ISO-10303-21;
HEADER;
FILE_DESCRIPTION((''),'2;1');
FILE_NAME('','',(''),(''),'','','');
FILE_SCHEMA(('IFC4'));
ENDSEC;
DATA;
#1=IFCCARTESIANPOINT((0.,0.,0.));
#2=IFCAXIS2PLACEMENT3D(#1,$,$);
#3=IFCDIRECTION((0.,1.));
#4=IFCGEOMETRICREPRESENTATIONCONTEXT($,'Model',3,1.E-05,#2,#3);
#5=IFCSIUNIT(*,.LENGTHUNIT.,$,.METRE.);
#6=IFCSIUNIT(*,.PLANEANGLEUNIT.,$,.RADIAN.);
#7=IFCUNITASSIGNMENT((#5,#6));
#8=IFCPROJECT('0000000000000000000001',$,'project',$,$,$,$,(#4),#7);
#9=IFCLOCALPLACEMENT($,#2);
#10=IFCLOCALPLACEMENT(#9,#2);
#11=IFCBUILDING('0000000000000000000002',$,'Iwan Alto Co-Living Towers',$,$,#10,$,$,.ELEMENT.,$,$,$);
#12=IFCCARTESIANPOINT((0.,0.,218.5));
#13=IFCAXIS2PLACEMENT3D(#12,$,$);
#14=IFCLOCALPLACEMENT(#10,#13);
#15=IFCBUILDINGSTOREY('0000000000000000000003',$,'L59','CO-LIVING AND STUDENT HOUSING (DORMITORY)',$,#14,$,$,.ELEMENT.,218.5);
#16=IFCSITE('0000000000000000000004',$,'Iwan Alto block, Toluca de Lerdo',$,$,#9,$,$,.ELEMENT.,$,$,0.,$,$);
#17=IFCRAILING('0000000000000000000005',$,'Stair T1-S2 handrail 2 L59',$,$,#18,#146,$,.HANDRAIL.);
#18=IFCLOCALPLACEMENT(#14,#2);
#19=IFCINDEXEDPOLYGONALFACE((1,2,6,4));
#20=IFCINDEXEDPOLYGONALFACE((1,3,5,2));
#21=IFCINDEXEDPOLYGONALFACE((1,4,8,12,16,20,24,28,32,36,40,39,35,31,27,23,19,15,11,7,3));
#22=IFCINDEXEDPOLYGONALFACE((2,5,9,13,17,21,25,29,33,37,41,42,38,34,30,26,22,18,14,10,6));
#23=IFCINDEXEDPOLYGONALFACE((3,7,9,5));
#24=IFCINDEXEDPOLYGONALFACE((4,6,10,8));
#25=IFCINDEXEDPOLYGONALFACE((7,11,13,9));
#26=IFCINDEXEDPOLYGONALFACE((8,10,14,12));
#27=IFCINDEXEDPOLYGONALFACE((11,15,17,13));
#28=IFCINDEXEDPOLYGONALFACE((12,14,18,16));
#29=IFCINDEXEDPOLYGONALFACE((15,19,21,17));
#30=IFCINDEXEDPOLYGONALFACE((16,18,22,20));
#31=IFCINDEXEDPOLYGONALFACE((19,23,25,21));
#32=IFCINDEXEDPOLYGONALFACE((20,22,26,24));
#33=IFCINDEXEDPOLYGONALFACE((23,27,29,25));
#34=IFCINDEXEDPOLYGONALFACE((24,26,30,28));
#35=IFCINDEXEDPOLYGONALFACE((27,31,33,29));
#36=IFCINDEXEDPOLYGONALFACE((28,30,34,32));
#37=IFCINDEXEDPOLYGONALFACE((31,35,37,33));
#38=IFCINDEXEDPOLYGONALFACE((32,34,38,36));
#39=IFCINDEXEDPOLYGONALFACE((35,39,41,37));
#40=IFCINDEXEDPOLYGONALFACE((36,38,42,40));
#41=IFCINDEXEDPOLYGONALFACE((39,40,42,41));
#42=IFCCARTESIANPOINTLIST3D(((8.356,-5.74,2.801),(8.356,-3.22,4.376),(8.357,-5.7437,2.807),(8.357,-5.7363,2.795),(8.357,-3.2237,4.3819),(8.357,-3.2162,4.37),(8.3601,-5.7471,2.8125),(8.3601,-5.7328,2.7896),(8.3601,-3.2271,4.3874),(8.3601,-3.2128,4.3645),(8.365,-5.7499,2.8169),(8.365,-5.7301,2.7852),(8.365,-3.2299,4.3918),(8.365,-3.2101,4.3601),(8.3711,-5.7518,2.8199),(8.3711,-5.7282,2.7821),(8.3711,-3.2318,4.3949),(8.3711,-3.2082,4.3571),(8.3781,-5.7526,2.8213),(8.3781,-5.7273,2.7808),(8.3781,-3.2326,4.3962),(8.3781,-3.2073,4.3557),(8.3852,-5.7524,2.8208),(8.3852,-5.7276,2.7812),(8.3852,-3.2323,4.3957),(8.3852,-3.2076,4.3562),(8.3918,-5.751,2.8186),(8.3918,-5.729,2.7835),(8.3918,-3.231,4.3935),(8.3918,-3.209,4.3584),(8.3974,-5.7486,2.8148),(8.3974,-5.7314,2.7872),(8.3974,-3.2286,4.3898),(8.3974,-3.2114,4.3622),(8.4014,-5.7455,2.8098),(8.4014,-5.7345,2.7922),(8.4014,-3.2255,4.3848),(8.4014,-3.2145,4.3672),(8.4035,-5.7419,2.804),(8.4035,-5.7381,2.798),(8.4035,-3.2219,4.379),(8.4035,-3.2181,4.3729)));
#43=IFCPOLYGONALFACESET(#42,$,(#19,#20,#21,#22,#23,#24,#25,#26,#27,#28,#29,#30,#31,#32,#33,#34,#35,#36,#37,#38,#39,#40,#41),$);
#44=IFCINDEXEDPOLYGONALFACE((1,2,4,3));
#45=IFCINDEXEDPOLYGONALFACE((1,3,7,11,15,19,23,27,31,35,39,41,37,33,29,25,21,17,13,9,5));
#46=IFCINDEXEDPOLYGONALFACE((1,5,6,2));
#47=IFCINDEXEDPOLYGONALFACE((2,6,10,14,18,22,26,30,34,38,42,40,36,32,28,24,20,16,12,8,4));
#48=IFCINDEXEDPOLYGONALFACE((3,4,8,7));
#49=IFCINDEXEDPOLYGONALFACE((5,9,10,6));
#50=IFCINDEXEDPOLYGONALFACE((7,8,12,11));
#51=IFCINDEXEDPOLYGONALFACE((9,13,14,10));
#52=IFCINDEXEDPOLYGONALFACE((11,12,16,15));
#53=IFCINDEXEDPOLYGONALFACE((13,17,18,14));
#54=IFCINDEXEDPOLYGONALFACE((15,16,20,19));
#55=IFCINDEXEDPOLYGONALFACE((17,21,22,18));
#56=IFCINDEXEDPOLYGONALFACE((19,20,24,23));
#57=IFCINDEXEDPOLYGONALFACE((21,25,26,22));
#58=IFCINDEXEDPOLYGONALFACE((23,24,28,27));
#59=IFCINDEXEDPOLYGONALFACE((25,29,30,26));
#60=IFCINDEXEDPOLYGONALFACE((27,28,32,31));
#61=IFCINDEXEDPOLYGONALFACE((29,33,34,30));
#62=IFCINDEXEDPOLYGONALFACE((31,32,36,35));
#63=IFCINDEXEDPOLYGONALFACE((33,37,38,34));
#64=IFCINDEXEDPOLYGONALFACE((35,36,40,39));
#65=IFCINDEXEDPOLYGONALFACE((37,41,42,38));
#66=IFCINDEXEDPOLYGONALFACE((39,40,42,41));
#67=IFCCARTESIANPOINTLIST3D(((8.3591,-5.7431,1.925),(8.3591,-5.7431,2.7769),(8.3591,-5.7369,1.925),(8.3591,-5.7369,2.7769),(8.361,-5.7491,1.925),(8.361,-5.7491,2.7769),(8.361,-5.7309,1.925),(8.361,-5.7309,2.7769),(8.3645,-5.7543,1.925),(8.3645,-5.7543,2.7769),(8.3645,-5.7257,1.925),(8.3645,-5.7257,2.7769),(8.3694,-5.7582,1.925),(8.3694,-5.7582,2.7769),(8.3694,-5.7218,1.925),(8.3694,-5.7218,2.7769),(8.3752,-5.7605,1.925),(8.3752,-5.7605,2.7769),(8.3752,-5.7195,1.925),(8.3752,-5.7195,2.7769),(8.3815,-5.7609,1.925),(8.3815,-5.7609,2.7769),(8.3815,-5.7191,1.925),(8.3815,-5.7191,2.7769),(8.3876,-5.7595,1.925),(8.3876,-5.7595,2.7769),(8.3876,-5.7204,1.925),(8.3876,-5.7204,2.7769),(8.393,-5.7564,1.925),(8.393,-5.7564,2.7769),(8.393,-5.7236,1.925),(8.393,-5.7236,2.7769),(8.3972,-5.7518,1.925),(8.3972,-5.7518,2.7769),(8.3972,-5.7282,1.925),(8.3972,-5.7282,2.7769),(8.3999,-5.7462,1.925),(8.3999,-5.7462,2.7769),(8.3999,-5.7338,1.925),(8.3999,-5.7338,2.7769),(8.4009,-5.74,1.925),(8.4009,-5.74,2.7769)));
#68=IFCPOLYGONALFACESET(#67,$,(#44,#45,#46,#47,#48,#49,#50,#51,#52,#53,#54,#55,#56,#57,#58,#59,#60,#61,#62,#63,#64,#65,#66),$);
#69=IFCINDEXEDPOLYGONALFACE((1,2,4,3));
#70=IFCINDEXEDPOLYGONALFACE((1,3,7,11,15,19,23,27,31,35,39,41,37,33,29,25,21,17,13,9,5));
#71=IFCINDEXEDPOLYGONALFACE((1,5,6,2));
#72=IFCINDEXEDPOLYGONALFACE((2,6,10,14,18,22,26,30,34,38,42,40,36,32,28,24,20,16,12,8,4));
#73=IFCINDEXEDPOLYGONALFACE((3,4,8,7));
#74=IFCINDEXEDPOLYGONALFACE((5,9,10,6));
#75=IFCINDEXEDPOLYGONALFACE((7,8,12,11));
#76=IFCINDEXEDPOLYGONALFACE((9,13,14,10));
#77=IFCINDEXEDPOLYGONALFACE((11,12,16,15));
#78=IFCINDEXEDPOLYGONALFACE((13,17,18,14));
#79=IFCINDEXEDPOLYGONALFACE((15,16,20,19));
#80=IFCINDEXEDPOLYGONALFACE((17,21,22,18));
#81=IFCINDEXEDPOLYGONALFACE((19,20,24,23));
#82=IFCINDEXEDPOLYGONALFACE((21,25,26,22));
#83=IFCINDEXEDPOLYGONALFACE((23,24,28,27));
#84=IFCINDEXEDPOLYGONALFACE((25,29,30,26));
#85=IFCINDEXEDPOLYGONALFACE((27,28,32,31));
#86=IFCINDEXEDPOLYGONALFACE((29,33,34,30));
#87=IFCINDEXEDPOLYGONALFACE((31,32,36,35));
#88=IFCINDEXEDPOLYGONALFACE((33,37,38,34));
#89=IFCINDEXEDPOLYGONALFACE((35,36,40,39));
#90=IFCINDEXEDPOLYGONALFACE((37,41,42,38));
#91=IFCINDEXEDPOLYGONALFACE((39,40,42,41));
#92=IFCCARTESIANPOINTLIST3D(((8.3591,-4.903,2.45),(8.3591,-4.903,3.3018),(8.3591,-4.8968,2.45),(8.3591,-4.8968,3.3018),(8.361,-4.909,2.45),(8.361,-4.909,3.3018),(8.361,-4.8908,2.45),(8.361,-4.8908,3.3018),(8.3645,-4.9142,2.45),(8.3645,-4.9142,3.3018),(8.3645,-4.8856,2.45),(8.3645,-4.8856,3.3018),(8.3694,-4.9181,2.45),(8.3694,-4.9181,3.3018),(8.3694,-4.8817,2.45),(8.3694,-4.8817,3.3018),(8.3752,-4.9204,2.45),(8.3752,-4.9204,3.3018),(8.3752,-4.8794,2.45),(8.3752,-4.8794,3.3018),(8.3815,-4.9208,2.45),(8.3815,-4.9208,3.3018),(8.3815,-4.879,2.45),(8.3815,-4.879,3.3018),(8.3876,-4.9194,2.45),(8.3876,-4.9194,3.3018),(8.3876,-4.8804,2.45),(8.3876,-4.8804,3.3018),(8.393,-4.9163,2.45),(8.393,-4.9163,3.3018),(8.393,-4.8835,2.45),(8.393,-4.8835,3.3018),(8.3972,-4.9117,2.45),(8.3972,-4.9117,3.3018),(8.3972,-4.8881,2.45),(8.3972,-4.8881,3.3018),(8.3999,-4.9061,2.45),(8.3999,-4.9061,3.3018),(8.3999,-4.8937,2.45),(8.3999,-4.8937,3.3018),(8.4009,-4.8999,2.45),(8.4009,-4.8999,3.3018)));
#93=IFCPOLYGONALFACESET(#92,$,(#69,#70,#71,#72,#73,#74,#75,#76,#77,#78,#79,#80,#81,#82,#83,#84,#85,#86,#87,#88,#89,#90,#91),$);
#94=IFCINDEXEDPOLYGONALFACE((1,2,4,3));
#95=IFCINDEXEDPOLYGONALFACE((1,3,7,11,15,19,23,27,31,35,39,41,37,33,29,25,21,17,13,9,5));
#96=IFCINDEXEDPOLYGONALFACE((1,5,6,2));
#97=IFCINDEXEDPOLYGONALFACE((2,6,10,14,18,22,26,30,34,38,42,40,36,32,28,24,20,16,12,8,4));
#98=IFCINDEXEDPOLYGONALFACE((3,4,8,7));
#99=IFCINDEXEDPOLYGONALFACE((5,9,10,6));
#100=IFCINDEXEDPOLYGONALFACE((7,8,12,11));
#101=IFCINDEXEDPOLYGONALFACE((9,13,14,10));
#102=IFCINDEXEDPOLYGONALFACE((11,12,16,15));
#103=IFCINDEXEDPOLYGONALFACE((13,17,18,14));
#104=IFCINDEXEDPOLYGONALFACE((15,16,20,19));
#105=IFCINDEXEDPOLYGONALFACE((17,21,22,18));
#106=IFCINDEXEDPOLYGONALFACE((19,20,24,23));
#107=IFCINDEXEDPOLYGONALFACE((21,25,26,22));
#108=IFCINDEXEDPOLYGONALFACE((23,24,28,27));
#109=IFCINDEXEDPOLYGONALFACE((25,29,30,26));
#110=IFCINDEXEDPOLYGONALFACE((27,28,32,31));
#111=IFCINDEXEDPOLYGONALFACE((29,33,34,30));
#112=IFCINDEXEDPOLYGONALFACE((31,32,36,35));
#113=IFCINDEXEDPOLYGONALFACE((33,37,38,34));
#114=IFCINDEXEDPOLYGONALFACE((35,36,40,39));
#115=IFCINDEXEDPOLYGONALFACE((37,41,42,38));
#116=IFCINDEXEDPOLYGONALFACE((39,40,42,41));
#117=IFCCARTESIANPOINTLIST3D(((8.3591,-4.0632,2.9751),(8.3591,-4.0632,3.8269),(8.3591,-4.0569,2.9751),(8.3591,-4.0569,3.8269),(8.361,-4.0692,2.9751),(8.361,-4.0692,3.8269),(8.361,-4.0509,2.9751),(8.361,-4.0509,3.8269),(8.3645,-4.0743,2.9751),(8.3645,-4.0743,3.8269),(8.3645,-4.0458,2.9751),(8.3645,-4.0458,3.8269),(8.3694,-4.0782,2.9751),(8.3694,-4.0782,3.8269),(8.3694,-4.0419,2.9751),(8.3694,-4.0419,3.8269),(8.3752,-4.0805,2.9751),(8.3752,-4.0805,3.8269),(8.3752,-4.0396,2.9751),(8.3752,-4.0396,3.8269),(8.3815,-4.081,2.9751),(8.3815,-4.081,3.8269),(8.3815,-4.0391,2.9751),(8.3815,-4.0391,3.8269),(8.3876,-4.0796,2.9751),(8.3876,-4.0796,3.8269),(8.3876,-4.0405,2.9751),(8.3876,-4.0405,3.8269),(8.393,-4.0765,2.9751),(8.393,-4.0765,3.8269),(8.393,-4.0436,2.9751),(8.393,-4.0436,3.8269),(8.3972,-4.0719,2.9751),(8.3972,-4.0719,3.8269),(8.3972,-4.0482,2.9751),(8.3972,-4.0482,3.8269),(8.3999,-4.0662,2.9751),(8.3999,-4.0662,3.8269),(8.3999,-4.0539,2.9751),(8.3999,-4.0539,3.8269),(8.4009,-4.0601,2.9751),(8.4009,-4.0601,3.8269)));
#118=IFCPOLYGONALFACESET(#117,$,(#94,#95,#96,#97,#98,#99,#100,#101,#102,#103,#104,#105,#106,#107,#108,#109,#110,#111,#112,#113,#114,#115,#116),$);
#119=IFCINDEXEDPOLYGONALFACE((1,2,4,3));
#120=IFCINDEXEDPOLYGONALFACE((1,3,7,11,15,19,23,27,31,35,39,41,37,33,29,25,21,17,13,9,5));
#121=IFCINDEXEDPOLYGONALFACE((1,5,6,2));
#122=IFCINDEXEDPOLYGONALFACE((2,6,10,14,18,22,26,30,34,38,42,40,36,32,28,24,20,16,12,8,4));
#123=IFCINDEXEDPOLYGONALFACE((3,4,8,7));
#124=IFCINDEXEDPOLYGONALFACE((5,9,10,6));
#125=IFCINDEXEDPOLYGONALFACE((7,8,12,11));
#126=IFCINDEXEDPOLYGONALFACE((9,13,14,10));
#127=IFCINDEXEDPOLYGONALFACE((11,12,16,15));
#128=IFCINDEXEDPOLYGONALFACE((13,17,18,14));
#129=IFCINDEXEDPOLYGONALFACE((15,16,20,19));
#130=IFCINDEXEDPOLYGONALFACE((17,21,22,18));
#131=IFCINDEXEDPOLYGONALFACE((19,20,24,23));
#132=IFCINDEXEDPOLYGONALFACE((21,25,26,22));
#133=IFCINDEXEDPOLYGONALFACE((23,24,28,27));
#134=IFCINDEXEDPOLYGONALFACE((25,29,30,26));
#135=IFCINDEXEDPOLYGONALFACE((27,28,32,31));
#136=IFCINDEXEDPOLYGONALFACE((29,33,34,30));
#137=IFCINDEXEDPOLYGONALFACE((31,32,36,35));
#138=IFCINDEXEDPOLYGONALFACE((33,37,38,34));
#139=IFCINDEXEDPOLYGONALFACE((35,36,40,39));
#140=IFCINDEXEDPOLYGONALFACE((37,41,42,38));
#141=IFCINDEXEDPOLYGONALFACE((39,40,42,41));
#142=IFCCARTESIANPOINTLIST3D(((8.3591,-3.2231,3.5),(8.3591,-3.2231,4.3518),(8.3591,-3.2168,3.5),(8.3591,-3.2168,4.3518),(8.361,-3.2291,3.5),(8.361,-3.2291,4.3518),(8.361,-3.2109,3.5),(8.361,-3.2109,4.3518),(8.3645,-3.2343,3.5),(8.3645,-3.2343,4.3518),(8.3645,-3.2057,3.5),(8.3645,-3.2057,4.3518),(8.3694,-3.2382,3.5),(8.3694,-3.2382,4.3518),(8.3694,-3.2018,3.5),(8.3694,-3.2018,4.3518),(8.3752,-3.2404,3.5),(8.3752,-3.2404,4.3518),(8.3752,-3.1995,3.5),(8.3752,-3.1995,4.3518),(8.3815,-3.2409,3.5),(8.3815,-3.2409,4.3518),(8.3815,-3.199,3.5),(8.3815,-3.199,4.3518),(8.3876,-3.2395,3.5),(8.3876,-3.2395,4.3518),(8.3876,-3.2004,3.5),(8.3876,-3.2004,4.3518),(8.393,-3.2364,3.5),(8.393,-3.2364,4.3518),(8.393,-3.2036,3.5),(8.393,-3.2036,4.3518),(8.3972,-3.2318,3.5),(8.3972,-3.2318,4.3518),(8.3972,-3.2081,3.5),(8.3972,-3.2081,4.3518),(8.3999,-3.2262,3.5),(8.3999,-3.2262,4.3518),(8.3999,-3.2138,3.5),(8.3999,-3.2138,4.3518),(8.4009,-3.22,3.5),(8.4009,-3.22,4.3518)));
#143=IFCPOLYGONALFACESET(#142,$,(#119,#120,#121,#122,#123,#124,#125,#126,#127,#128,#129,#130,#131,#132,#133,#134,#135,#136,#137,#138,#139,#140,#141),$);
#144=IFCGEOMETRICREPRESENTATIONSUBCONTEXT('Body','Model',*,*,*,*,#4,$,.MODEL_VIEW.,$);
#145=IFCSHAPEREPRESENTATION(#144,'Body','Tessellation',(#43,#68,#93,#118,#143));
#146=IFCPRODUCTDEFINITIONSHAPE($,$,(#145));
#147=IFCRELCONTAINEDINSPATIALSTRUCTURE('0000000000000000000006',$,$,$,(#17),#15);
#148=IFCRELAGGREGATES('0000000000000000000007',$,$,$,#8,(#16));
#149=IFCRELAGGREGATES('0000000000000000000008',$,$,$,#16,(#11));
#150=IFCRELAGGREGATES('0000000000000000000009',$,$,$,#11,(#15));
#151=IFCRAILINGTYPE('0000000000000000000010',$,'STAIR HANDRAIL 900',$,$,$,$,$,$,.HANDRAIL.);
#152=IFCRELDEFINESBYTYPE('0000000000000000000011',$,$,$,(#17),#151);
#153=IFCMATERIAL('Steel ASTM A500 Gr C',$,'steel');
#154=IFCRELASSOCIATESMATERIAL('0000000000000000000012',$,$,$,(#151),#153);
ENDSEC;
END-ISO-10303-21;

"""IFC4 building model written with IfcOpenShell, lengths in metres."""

from ifc_helpers import new_model, si_unit, direction, frame, origin, origin_2d, place, context, subcontext, project, spatial, circle, extrude, material, type_object, element, save


model = new_model("IFC4")

# Units and contexts
model_context = context("Model", 3, precision=1e-05, world=origin(), true_north=direction((0.0, 1.0)))
body_context = subcontext(model_context, "Body", "Model", "MODEL_VIEW")
ifc_project = project(units=[si_unit("LENGTHUNIT", "METRE"), si_unit("PLANEANGLEUNIT", "RADIAN")], contexts=[model_context])

# Site, building, storey
site_placement = place(None, origin())
site = spatial("IfcSite", under=ifc_project, at=site_placement, Name="Iwan Alto block, Toluca de Lerdo", CompositionType="ELEMENT", RefElevation=0.0)
building_placement = place(site_placement, origin())
building = spatial("IfcBuilding", under=site, at=building_placement, Name="Iwan Alto Co-Living Towers", CompositionType="ELEMENT")
storey_placement = place(building_placement, frame((0.0, 0.0, 218.5)))
storey = spatial("IfcBuildingStorey", under=building, at=storey_placement, Name="L59", Description="CO-LIVING AND STUDENT HOUSING (DORMITORY)", CompositionType="ELEMENT", Elevation=218.5)

# Railing
ifc_material_1 = material(Name="Steel ASTM A500 Gr C", Category="steel")
railing_type_1 = type_object("IfcRailingType", Name="STAIR HANDRAIL 900", PredefinedType="HANDRAIL", material=ifc_material_1)
railing_1_placement = place(storey_placement, frame((8.3799, -5.74, 1.925)))
element("IfcRailing", 1, at=railing_1_placement, inside=storey, type_object=railing_type_1, Name="Stair T1-S2 handrail 2 L59", PredefinedType="HANDRAIL", context=body_context, shape_type="SweptSolid", body=[
    extrude(circle(Radius=0.0239, at=origin_2d()), frame((0.0, 0.0, 0.876), z_axis=(0.0, 0.848008, 0.529984), x_axis=(-1.0, 0.0, 0.0)), (0.0, 0.0, 1.0), 2.9717),
    extrude(circle(Radius=0.021, at=origin_2d()), origin(), (0.0, 0.0, 1.0), 0.8518),
    extrude(circle(Radius=0.021, at=origin_2d()), frame((0.0, 0.8401, 0.5249)), (0.0, 0.0, 1.0), 0.8518),
    extrude(circle(Radius=0.021, at=origin_2d()), frame((0.0, 1.6799, 1.05)), (0.0, 0.0, 1.0), 0.8518),
    extrude(circle(Radius=0.021, at=origin_2d()), frame((0.0, 2.52, 1.575)), (0.0, 0.0, 1.0), 0.8518),
])

save(model, "model.ifc")
